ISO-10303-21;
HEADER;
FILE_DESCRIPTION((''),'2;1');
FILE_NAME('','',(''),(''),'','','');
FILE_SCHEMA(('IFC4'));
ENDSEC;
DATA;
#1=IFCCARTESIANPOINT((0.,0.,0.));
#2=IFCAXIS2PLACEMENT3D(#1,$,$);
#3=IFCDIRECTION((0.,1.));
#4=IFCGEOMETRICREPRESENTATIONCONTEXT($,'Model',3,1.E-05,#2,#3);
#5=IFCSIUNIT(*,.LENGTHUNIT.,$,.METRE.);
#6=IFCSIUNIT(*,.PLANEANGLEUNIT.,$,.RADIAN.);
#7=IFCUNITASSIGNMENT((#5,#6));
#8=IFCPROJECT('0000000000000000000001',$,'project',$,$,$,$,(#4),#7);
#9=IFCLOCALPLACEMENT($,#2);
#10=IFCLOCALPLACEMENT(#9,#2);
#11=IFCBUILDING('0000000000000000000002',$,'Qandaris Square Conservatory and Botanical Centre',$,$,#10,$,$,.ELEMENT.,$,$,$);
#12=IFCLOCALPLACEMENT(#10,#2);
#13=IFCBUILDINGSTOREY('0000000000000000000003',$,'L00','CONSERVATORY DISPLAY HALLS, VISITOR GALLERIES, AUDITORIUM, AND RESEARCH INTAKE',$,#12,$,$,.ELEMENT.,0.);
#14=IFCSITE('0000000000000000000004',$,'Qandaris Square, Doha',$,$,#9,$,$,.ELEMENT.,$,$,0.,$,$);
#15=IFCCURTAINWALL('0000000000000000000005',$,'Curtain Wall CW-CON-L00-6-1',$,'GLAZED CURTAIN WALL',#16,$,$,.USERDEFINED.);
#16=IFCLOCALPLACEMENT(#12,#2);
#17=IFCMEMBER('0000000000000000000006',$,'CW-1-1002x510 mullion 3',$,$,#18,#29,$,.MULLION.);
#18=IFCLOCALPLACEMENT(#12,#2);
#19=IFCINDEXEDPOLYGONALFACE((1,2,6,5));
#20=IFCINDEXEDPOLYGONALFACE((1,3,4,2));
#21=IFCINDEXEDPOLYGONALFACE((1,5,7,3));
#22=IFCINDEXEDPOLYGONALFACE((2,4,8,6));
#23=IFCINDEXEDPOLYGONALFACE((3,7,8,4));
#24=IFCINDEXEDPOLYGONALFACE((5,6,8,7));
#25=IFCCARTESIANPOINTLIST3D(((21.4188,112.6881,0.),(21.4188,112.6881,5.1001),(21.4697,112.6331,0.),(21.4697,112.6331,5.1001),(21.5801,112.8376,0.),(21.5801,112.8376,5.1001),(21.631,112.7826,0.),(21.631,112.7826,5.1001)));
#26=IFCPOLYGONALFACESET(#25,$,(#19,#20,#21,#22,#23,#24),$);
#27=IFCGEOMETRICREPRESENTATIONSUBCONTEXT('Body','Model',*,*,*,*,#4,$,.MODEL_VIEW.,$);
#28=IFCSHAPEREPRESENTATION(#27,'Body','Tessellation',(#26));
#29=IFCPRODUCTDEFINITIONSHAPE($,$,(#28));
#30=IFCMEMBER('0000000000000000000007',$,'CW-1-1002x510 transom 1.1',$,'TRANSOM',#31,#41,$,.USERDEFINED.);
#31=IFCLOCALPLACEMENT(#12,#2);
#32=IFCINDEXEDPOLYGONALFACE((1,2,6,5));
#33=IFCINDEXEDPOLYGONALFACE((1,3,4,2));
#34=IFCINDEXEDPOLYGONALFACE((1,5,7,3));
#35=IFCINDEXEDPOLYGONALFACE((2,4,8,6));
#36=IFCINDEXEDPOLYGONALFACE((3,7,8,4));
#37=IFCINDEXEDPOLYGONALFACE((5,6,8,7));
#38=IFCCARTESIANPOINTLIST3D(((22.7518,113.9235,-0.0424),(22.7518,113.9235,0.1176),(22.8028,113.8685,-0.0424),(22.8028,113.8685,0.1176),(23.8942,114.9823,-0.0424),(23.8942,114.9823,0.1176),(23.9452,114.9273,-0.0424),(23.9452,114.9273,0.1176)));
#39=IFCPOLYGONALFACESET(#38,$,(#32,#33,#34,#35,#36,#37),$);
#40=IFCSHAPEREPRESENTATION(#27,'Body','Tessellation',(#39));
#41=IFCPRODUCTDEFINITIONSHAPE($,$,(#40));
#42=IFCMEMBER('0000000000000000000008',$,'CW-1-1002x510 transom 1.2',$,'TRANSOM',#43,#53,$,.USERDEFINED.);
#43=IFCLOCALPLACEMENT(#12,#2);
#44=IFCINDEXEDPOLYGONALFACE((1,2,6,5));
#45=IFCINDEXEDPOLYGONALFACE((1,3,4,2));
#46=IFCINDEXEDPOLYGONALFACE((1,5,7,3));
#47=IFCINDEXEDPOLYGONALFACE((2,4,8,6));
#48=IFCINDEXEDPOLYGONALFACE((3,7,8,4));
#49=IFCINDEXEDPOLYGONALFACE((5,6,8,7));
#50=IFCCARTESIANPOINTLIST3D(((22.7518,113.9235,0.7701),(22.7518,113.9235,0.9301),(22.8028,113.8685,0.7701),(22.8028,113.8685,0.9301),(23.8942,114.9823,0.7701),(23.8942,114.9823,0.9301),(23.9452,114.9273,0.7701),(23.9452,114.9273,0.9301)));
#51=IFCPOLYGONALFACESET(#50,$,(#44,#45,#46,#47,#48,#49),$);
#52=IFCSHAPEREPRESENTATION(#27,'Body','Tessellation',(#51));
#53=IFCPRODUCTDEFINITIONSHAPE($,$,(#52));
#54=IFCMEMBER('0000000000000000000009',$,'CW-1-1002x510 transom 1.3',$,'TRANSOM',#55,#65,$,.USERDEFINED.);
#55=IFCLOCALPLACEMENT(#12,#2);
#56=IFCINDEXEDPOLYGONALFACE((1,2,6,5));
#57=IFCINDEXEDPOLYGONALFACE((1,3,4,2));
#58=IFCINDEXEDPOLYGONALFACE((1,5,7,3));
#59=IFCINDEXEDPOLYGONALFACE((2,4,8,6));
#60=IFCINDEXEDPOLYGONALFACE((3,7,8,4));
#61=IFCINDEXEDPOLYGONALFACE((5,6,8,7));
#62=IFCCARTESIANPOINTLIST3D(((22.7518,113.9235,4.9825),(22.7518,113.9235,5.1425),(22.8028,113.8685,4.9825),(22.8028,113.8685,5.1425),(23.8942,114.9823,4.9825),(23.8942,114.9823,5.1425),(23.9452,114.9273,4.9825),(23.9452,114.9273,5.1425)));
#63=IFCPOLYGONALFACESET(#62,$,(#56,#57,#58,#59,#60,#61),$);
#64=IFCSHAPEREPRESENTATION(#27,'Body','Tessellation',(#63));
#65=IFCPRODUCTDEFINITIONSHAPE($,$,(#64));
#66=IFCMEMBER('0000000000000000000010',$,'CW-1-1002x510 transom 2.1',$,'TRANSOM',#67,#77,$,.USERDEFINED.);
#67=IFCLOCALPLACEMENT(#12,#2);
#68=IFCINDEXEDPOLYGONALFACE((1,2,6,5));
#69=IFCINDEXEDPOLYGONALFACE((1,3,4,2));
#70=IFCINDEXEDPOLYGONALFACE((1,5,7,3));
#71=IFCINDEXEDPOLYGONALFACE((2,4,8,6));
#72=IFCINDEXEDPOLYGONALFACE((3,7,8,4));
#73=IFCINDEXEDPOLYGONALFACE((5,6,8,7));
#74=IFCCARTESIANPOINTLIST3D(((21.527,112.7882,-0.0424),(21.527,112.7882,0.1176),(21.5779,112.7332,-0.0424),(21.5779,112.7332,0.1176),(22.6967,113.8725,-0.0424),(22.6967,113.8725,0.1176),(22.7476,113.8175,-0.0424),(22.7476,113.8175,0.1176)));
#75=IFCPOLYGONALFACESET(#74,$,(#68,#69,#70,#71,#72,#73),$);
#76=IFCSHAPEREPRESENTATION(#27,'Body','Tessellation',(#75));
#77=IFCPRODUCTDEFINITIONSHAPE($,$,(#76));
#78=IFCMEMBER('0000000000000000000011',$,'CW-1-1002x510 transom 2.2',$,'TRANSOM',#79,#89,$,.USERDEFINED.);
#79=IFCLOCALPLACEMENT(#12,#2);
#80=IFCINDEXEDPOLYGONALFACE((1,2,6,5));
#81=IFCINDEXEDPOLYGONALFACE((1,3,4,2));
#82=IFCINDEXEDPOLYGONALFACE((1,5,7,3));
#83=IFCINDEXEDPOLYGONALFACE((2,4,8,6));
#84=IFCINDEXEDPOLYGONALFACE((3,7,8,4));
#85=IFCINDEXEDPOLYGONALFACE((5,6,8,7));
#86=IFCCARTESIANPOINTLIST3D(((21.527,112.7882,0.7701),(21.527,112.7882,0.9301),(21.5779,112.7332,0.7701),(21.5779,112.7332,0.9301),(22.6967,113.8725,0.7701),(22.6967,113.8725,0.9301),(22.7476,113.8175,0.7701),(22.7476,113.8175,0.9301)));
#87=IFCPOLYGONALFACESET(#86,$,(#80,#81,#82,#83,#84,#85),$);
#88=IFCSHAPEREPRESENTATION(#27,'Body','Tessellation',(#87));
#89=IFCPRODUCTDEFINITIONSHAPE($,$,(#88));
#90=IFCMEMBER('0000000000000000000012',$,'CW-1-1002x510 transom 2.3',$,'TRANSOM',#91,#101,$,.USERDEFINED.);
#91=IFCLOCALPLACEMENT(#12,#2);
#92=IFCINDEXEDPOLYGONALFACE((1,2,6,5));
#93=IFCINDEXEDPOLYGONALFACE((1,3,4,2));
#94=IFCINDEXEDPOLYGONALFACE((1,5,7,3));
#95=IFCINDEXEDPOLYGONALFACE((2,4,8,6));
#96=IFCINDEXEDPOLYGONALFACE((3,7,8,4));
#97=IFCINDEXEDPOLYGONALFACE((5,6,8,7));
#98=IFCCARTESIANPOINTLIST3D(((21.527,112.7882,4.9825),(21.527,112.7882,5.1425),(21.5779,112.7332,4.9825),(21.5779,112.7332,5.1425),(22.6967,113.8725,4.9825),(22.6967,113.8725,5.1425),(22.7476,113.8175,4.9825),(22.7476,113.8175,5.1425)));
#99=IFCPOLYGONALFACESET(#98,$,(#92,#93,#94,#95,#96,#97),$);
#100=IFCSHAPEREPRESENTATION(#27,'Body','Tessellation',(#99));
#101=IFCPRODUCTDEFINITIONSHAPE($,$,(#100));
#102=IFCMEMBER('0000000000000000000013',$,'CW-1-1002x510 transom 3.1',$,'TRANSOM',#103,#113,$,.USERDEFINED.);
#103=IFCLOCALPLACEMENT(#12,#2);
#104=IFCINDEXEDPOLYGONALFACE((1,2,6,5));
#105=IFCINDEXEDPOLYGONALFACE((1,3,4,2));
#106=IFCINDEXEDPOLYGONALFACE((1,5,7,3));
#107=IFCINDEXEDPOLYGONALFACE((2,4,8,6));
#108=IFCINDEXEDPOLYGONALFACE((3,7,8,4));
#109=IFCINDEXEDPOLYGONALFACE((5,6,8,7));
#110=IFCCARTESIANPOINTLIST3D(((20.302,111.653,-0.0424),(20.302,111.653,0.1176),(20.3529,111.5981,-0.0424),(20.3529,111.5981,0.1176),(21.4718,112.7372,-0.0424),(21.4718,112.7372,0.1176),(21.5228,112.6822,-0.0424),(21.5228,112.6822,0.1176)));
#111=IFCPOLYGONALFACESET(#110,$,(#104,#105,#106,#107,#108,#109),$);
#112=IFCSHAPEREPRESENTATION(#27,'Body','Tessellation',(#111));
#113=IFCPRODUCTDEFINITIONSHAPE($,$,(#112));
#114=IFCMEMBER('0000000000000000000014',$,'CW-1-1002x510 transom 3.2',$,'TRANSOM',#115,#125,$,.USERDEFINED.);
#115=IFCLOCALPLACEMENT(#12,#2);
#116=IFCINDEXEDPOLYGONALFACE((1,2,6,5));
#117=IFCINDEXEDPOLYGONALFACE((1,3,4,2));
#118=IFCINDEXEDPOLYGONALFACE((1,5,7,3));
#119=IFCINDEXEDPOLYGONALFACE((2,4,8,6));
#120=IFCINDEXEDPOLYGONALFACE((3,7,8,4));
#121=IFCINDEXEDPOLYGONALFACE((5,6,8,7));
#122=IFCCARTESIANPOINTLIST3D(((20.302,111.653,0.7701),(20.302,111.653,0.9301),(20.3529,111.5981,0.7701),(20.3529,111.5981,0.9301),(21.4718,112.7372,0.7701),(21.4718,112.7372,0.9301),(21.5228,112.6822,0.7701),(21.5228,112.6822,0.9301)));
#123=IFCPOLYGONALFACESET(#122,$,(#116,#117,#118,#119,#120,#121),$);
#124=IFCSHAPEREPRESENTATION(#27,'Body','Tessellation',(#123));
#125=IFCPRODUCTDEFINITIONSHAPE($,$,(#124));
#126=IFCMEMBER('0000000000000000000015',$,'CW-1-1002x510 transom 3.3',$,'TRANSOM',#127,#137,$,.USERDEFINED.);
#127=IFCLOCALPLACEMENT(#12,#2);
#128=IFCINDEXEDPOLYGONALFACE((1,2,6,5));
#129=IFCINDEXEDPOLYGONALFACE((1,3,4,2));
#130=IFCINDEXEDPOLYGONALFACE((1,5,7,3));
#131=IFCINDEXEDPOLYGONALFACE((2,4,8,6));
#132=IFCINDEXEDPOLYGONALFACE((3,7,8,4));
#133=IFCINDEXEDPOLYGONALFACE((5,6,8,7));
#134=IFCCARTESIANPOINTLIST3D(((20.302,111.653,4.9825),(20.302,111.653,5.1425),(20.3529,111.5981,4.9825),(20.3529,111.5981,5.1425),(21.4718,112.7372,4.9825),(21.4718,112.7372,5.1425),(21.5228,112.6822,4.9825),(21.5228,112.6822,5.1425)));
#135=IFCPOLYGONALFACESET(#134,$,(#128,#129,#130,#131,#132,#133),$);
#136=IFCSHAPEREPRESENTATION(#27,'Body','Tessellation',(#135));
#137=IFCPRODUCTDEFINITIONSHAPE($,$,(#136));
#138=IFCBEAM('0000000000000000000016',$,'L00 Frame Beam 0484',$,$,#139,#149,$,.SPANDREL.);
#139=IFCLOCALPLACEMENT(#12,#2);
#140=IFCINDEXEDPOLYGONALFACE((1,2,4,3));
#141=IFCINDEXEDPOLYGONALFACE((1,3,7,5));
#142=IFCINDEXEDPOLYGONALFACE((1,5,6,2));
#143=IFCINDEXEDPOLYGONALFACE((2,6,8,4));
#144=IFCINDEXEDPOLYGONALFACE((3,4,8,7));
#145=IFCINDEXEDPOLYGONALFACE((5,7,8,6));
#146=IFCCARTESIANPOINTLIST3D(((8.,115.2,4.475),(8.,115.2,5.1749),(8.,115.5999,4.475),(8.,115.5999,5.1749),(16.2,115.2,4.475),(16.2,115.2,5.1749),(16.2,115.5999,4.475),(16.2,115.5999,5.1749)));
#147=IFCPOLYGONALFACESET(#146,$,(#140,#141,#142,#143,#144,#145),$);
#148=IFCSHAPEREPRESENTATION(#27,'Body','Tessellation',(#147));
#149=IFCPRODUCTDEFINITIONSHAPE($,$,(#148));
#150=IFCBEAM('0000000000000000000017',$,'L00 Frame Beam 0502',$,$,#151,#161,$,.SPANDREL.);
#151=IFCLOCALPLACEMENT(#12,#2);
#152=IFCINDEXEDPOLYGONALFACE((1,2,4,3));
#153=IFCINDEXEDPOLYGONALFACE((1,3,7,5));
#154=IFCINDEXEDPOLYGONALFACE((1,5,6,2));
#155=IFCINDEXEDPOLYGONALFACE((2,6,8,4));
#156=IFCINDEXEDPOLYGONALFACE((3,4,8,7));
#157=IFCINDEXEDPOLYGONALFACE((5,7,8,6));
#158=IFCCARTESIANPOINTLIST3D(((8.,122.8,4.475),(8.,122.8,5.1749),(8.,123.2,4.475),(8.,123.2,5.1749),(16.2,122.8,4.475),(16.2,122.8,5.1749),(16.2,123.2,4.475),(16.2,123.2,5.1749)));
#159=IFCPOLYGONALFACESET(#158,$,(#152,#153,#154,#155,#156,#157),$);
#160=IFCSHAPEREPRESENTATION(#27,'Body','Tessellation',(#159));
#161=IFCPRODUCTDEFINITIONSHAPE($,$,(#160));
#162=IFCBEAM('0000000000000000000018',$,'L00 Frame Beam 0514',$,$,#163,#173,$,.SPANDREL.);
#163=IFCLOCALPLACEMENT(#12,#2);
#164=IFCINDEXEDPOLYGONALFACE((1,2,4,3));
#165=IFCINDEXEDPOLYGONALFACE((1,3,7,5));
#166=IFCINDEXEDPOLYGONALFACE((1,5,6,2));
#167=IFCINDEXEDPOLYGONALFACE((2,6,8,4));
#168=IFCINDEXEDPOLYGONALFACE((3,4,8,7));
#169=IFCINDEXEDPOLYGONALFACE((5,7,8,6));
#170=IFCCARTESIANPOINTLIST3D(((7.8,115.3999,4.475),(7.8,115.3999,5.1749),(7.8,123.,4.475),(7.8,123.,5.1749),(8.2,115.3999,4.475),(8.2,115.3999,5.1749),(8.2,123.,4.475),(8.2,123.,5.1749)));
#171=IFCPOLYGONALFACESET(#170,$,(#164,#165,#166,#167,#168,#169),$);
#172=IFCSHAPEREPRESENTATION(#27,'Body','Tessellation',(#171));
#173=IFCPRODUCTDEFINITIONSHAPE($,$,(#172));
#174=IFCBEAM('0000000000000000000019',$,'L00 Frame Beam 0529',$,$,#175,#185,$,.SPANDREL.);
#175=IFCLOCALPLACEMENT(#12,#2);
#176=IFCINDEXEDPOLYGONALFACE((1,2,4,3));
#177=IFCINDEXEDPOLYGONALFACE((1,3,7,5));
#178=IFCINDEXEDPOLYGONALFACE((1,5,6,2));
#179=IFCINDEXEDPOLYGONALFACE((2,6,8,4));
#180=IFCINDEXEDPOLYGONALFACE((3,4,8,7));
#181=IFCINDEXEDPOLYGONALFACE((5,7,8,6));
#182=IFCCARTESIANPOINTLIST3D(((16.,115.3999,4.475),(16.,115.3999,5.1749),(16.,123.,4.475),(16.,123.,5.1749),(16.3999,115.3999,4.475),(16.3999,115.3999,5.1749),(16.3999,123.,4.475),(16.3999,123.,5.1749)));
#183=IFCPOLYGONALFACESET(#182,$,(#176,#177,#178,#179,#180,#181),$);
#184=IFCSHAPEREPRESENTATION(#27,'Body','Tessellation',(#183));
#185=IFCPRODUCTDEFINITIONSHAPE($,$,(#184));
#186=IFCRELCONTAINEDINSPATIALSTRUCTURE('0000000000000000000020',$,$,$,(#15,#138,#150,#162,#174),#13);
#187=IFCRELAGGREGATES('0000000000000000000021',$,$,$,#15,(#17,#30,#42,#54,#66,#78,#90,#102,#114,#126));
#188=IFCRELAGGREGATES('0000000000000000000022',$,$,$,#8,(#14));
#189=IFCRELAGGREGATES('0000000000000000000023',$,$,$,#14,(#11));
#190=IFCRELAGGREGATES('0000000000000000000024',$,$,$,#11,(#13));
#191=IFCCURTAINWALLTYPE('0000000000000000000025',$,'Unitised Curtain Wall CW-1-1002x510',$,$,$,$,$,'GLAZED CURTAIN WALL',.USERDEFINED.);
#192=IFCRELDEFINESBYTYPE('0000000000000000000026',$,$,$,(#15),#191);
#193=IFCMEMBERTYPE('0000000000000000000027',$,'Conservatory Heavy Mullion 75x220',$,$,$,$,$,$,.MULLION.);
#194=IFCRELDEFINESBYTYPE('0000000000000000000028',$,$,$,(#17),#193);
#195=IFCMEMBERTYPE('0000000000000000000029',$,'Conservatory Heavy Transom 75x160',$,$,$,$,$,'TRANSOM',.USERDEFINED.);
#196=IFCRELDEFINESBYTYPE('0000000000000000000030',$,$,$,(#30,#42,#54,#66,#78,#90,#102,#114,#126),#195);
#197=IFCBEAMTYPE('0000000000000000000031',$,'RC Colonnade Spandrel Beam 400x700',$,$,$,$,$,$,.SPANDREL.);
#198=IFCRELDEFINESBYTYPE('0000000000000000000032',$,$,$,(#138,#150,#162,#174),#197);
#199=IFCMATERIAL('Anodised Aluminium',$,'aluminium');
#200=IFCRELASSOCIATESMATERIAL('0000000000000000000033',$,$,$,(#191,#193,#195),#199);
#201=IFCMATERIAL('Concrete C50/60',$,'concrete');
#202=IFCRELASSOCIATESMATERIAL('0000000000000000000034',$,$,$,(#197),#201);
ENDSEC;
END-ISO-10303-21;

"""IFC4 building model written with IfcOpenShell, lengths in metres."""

from ifc_helpers import new_model, si_unit, direction, frame, origin, origin_2d, place, context, subcontext, project, spatial, rectangle, extrude, material, material_profile, profile_set, type_object, element, aggregate, save


model = new_model("IFC4")

# Units and contexts
model_context = context("Model", 3, precision=1e-05, world=origin(), true_north=direction((0.0, 1.0)))
body_context = subcontext(model_context, "Body", "Model", "MODEL_VIEW")
ifc_project = project(units=[si_unit("LENGTHUNIT", "METRE"), si_unit("PLANEANGLEUNIT", "RADIAN")], contexts=[model_context])

# Site, building, storey
site_placement = place(None, origin())
site = spatial("IfcSite", under=ifc_project, at=site_placement, Name="Qandaris Square, Doha", CompositionType="ELEMENT", RefElevation=0.0)
building_placement = place(site_placement, origin())
building = spatial("IfcBuilding", under=site, at=building_placement, Name="Qandaris Square Conservatory and Botanical Centre", CompositionType="ELEMENT")
storey_placement = place(building_placement, origin())
storey = spatial("IfcBuildingStorey", under=building, at=storey_placement, Name="L00", Description="CONSERVATORY DISPLAY HALLS, VISITOR GALLERIES, AUDITORIUM, AND RESEARCH INTAKE", CompositionType="ELEMENT", Elevation=0.0)

# Shared definitions
ifc_material_1 = material(Name="Concrete C50/60", Category="concrete")

# Curtain wall, members
ifc_material_2 = material(Name="Anodised Aluminium", Category="aluminium")
curtain_wall_type = type_object("IfcCurtainWallType", Name="Unitised Curtain Wall CW-1-1002x510", ElementType="GLAZED CURTAIN WALL", PredefinedType="USERDEFINED", material=ifc_material_2)
curtain_wall_placement = place(storey_placement, origin())
curtain_wall = element("IfcCurtainWall", 1, at=curtain_wall_placement, inside=storey, type_object=curtain_wall_type, Name="Curtain Wall CW-CON-L00-6-1", ObjectType="GLAZED CURTAIN WALL", PredefinedType="USERDEFINED")
ifc_material_profile_1 = material_profile(ifc_material_2, rectangle(XDim=0.075, YDim=0.22, at=origin_2d()), Name="ALU-MUL 75x220")
ifc_profile_set_1 = profile_set([ifc_material_profile_1], Name="Anodised Aluminium")
member_type_1 = type_object("IfcMemberType", Name="Conservatory Heavy Mullion 75x220", PredefinedType="MULLION", material=ifc_profile_set_1)
member_1_placement = place(storey_placement, frame((21.5249, 112.7354, 0.0), z_axis=(0.0, 0.0, 1.0), x_axis=(0.679762, -0.733433, 0.0)))
member_1 = element("IfcMember", 2, at=member_1_placement, type_object=member_type_1, Name="CW-1-1002x510 mullion 3", PredefinedType="MULLION", context=body_context, shape_type="SweptSolid", body=[
    extrude(rectangle(XDim=0.075, YDim=0.22, at=origin_2d()), origin(), (0.0, 0.0, 1.0), 5.1001),
])
ifc_material_profile_2 = material_profile(ifc_material_2, rectangle(XDim=0.075, YDim=0.1599, at=origin_2d()), Name="ALU-TRN 75x160")
ifc_profile_set_2 = profile_set([ifc_material_profile_2], Name="Anodised Aluminium")
member_type_2 = type_object("IfcMemberType", Name="Conservatory Heavy Transom 75x160", ElementType="TRANSOM", PredefinedType="USERDEFINED", material=ifc_profile_set_2)
member_2_placement = place(storey_placement, frame((23.9197, 114.9548, 0.0376), z_axis=(-0.733402, -0.679796, 0.0), x_axis=(0.679796, -0.733402, 0.0)))
member_2 = element("IfcMember", 3, at=member_2_placement, type_object=member_type_2, Name="CW-1-1002x510 transom 1.1", ObjectType="TRANSOM", PredefinedType="USERDEFINED", context=body_context, shape_type="SweptSolid", body=[
    extrude(rectangle(XDim=0.075, YDim=0.1599, at=origin_2d()), origin(), (0.0, 0.0, 1.0), 1.5576),
])
member_3_placement = place(storey_placement, frame((23.9197, 114.9548, 0.8501), z_axis=(-0.733402, -0.679796, 0.0), x_axis=(0.679796, -0.733402, 0.0)))
member_3 = element("IfcMember", 4, at=member_3_placement, type_object=member_type_2, Name="CW-1-1002x510 transom 1.2", ObjectType="TRANSOM", PredefinedType="USERDEFINED", context=body_context, shape_type="SweptSolid", body=[
    extrude(rectangle(XDim=0.075, YDim=0.1599, at=origin_2d()), origin(), (0.0, 0.0, 1.0), 1.5576),
])
member_4_placement = place(storey_placement, frame((23.9197, 114.9548, 5.0625), z_axis=(-0.733402, -0.679796, 0.0), x_axis=(0.679796, -0.733402, 0.0)))
member_4 = element("IfcMember", 5, at=member_4_placement, type_object=member_type_2, Name="CW-1-1002x510 transom 1.3", ObjectType="TRANSOM", PredefinedType="USERDEFINED", context=body_context, shape_type="SweptSolid", body=[
    extrude(rectangle(XDim=0.075, YDim=0.1599, at=origin_2d()), origin(), (0.0, 0.0, 1.0), 1.5576),
])
member_5_placement = place(storey_placement, frame((22.7222, 113.845, 0.0376), z_axis=(-0.733387, -0.679811, 0.0), x_axis=(0.679811, -0.733387, 0.0)))
member_5 = element("IfcMember", 6, at=member_5_placement, type_object=member_type_2, Name="CW-1-1002x510 transom 2.1", ObjectType="TRANSOM", PredefinedType="USERDEFINED", context=body_context, shape_type="SweptSolid", body=[
    extrude(rectangle(XDim=0.075, YDim=0.1599, at=origin_2d()), origin(), (0.0, 0.0, 1.0), 1.595),
])
member_6_placement = place(storey_placement, frame((22.7222, 113.845, 0.8501), z_axis=(-0.733387, -0.679811, 0.0), x_axis=(0.679811, -0.733387, 0.0)))
member_6 = element("IfcMember", 7, at=member_6_placement, type_object=member_type_2, Name="CW-1-1002x510 transom 2.2", ObjectType="TRANSOM", PredefinedType="USERDEFINED", context=body_context, shape_type="SweptSolid", body=[
    extrude(rectangle(XDim=0.075, YDim=0.1599, at=origin_2d()), origin(), (0.0, 0.0, 1.0), 1.595),
])
member_7_placement = place(storey_placement, frame((22.7222, 113.845, 5.0625), z_axis=(-0.733387, -0.679811, 0.0), x_axis=(0.679811, -0.733387, 0.0)))
member_7 = element("IfcMember", 8, at=member_7_placement, type_object=member_type_2, Name="CW-1-1002x510 transom 2.3", ObjectType="TRANSOM", PredefinedType="USERDEFINED", context=body_context, shape_type="SweptSolid", body=[
    extrude(rectangle(XDim=0.075, YDim=0.1599, at=origin_2d()), origin(), (0.0, 0.0, 1.0), 1.595),
])
member_8_placement = place(storey_placement, frame((21.4973, 112.7097, 0.0376), z_axis=(-0.733458, -0.679735, 0.0), x_axis=(0.679735, -0.733458, 0.0)))
member_8 = element("IfcMember", 9, at=member_8_placement, type_object=member_type_2, Name="CW-1-1002x510 transom 3.1", ObjectType="TRANSOM", PredefinedType="USERDEFINED", context=body_context, shape_type="SweptSolid", body=[
    extrude(rectangle(XDim=0.075, YDim=0.1599, at=origin_2d()), origin(), (0.0, 0.0, 1.0), 1.595),
])
member_9_placement = place(storey_placement, frame((21.4973, 112.7097, 0.8501), z_axis=(-0.733458, -0.679735, 0.0), x_axis=(0.679735, -0.733458, 0.0)))
member_9 = element("IfcMember", 10, at=member_9_placement, type_object=member_type_2, Name="CW-1-1002x510 transom 3.2", ObjectType="TRANSOM", PredefinedType="USERDEFINED", context=body_context, shape_type="SweptSolid", body=[
    extrude(rectangle(XDim=0.075, YDim=0.1599, at=origin_2d()), origin(), (0.0, 0.0, 1.0), 1.595),
])
member_10_placement = place(storey_placement, frame((21.4973, 112.7097, 5.0625), z_axis=(-0.733458, -0.679735, 0.0), x_axis=(0.679735, -0.733458, 0.0)))
member_10 = element("IfcMember", 11, at=member_10_placement, type_object=member_type_2, Name="CW-1-1002x510 transom 3.3", ObjectType="TRANSOM", PredefinedType="USERDEFINED", context=body_context, shape_type="SweptSolid", body=[
    extrude(rectangle(XDim=0.075, YDim=0.1599, at=origin_2d()), origin(), (0.0, 0.0, 1.0), 1.595),
])

# Beams
ifc_material_profile_3 = material_profile(ifc_material_1, rectangle(XDim=0.3999, YDim=0.7, at=origin_2d()), Name="RC-SP 400x700")
ifc_profile_set_3 = profile_set([ifc_material_profile_3], Name="Concrete C50/60")
beam_type = type_object("IfcBeamType", Name="RC Colonnade Spandrel Beam 400x700", PredefinedType="SPANDREL", material=ifc_profile_set_3)
for number, where, z_axis, x_axis, name in (
    (12, (8.0, 115.3999, 4.825), (1.0, 0.0, 0.0), (0.0, 1.0, 0.0), "L00 Frame Beam 0484"),
    (13, (8.0, 123.0, 4.825), (1.0, 0.0, 0.0), (0.0, 1.0, 0.0), "L00 Frame Beam 0502"),
):
    element("IfcBeam", number, at=place(storey_placement, frame(where, z_axis=z_axis, x_axis=x_axis)), inside=storey, type_object=beam_type, Name=name, PredefinedType="SPANDREL", context=body_context, shape_type="SweptSolid", body=[
        extrude(rectangle(XDim=0.3999, YDim=0.7, at=origin_2d()), origin(), (0.0, 0.0, 1.0), 8.2),
    ])
for number, where, z_axis, x_axis, name in (
    (14, (8.0, 115.3999, 4.825), (0.0, 1.0, 0.0), (-1.0, 0.0, 0.0), "L00 Frame Beam 0514"),
    (15, (16.2, 115.3999, 4.825), (0.0, 1.0, 0.0), (-1.0, 0.0, 0.0), "L00 Frame Beam 0529"),
):
    element("IfcBeam", number, at=place(storey_placement, frame(where, z_axis=z_axis, x_axis=x_axis)), inside=storey, type_object=beam_type, Name=name, PredefinedType="SPANDREL", context=body_context, shape_type="SweptSolid", body=[
        extrude(rectangle(XDim=0.3999, YDim=0.7, at=origin_2d()), origin(), (0.0, 0.0, 1.0), 7.6001),
    ])

aggregate(curtain_wall, [member_1, member_2, member_3, member_4, member_5, member_6, member_7, member_8, member_9, member_10])

save(model, "model.ifc")
